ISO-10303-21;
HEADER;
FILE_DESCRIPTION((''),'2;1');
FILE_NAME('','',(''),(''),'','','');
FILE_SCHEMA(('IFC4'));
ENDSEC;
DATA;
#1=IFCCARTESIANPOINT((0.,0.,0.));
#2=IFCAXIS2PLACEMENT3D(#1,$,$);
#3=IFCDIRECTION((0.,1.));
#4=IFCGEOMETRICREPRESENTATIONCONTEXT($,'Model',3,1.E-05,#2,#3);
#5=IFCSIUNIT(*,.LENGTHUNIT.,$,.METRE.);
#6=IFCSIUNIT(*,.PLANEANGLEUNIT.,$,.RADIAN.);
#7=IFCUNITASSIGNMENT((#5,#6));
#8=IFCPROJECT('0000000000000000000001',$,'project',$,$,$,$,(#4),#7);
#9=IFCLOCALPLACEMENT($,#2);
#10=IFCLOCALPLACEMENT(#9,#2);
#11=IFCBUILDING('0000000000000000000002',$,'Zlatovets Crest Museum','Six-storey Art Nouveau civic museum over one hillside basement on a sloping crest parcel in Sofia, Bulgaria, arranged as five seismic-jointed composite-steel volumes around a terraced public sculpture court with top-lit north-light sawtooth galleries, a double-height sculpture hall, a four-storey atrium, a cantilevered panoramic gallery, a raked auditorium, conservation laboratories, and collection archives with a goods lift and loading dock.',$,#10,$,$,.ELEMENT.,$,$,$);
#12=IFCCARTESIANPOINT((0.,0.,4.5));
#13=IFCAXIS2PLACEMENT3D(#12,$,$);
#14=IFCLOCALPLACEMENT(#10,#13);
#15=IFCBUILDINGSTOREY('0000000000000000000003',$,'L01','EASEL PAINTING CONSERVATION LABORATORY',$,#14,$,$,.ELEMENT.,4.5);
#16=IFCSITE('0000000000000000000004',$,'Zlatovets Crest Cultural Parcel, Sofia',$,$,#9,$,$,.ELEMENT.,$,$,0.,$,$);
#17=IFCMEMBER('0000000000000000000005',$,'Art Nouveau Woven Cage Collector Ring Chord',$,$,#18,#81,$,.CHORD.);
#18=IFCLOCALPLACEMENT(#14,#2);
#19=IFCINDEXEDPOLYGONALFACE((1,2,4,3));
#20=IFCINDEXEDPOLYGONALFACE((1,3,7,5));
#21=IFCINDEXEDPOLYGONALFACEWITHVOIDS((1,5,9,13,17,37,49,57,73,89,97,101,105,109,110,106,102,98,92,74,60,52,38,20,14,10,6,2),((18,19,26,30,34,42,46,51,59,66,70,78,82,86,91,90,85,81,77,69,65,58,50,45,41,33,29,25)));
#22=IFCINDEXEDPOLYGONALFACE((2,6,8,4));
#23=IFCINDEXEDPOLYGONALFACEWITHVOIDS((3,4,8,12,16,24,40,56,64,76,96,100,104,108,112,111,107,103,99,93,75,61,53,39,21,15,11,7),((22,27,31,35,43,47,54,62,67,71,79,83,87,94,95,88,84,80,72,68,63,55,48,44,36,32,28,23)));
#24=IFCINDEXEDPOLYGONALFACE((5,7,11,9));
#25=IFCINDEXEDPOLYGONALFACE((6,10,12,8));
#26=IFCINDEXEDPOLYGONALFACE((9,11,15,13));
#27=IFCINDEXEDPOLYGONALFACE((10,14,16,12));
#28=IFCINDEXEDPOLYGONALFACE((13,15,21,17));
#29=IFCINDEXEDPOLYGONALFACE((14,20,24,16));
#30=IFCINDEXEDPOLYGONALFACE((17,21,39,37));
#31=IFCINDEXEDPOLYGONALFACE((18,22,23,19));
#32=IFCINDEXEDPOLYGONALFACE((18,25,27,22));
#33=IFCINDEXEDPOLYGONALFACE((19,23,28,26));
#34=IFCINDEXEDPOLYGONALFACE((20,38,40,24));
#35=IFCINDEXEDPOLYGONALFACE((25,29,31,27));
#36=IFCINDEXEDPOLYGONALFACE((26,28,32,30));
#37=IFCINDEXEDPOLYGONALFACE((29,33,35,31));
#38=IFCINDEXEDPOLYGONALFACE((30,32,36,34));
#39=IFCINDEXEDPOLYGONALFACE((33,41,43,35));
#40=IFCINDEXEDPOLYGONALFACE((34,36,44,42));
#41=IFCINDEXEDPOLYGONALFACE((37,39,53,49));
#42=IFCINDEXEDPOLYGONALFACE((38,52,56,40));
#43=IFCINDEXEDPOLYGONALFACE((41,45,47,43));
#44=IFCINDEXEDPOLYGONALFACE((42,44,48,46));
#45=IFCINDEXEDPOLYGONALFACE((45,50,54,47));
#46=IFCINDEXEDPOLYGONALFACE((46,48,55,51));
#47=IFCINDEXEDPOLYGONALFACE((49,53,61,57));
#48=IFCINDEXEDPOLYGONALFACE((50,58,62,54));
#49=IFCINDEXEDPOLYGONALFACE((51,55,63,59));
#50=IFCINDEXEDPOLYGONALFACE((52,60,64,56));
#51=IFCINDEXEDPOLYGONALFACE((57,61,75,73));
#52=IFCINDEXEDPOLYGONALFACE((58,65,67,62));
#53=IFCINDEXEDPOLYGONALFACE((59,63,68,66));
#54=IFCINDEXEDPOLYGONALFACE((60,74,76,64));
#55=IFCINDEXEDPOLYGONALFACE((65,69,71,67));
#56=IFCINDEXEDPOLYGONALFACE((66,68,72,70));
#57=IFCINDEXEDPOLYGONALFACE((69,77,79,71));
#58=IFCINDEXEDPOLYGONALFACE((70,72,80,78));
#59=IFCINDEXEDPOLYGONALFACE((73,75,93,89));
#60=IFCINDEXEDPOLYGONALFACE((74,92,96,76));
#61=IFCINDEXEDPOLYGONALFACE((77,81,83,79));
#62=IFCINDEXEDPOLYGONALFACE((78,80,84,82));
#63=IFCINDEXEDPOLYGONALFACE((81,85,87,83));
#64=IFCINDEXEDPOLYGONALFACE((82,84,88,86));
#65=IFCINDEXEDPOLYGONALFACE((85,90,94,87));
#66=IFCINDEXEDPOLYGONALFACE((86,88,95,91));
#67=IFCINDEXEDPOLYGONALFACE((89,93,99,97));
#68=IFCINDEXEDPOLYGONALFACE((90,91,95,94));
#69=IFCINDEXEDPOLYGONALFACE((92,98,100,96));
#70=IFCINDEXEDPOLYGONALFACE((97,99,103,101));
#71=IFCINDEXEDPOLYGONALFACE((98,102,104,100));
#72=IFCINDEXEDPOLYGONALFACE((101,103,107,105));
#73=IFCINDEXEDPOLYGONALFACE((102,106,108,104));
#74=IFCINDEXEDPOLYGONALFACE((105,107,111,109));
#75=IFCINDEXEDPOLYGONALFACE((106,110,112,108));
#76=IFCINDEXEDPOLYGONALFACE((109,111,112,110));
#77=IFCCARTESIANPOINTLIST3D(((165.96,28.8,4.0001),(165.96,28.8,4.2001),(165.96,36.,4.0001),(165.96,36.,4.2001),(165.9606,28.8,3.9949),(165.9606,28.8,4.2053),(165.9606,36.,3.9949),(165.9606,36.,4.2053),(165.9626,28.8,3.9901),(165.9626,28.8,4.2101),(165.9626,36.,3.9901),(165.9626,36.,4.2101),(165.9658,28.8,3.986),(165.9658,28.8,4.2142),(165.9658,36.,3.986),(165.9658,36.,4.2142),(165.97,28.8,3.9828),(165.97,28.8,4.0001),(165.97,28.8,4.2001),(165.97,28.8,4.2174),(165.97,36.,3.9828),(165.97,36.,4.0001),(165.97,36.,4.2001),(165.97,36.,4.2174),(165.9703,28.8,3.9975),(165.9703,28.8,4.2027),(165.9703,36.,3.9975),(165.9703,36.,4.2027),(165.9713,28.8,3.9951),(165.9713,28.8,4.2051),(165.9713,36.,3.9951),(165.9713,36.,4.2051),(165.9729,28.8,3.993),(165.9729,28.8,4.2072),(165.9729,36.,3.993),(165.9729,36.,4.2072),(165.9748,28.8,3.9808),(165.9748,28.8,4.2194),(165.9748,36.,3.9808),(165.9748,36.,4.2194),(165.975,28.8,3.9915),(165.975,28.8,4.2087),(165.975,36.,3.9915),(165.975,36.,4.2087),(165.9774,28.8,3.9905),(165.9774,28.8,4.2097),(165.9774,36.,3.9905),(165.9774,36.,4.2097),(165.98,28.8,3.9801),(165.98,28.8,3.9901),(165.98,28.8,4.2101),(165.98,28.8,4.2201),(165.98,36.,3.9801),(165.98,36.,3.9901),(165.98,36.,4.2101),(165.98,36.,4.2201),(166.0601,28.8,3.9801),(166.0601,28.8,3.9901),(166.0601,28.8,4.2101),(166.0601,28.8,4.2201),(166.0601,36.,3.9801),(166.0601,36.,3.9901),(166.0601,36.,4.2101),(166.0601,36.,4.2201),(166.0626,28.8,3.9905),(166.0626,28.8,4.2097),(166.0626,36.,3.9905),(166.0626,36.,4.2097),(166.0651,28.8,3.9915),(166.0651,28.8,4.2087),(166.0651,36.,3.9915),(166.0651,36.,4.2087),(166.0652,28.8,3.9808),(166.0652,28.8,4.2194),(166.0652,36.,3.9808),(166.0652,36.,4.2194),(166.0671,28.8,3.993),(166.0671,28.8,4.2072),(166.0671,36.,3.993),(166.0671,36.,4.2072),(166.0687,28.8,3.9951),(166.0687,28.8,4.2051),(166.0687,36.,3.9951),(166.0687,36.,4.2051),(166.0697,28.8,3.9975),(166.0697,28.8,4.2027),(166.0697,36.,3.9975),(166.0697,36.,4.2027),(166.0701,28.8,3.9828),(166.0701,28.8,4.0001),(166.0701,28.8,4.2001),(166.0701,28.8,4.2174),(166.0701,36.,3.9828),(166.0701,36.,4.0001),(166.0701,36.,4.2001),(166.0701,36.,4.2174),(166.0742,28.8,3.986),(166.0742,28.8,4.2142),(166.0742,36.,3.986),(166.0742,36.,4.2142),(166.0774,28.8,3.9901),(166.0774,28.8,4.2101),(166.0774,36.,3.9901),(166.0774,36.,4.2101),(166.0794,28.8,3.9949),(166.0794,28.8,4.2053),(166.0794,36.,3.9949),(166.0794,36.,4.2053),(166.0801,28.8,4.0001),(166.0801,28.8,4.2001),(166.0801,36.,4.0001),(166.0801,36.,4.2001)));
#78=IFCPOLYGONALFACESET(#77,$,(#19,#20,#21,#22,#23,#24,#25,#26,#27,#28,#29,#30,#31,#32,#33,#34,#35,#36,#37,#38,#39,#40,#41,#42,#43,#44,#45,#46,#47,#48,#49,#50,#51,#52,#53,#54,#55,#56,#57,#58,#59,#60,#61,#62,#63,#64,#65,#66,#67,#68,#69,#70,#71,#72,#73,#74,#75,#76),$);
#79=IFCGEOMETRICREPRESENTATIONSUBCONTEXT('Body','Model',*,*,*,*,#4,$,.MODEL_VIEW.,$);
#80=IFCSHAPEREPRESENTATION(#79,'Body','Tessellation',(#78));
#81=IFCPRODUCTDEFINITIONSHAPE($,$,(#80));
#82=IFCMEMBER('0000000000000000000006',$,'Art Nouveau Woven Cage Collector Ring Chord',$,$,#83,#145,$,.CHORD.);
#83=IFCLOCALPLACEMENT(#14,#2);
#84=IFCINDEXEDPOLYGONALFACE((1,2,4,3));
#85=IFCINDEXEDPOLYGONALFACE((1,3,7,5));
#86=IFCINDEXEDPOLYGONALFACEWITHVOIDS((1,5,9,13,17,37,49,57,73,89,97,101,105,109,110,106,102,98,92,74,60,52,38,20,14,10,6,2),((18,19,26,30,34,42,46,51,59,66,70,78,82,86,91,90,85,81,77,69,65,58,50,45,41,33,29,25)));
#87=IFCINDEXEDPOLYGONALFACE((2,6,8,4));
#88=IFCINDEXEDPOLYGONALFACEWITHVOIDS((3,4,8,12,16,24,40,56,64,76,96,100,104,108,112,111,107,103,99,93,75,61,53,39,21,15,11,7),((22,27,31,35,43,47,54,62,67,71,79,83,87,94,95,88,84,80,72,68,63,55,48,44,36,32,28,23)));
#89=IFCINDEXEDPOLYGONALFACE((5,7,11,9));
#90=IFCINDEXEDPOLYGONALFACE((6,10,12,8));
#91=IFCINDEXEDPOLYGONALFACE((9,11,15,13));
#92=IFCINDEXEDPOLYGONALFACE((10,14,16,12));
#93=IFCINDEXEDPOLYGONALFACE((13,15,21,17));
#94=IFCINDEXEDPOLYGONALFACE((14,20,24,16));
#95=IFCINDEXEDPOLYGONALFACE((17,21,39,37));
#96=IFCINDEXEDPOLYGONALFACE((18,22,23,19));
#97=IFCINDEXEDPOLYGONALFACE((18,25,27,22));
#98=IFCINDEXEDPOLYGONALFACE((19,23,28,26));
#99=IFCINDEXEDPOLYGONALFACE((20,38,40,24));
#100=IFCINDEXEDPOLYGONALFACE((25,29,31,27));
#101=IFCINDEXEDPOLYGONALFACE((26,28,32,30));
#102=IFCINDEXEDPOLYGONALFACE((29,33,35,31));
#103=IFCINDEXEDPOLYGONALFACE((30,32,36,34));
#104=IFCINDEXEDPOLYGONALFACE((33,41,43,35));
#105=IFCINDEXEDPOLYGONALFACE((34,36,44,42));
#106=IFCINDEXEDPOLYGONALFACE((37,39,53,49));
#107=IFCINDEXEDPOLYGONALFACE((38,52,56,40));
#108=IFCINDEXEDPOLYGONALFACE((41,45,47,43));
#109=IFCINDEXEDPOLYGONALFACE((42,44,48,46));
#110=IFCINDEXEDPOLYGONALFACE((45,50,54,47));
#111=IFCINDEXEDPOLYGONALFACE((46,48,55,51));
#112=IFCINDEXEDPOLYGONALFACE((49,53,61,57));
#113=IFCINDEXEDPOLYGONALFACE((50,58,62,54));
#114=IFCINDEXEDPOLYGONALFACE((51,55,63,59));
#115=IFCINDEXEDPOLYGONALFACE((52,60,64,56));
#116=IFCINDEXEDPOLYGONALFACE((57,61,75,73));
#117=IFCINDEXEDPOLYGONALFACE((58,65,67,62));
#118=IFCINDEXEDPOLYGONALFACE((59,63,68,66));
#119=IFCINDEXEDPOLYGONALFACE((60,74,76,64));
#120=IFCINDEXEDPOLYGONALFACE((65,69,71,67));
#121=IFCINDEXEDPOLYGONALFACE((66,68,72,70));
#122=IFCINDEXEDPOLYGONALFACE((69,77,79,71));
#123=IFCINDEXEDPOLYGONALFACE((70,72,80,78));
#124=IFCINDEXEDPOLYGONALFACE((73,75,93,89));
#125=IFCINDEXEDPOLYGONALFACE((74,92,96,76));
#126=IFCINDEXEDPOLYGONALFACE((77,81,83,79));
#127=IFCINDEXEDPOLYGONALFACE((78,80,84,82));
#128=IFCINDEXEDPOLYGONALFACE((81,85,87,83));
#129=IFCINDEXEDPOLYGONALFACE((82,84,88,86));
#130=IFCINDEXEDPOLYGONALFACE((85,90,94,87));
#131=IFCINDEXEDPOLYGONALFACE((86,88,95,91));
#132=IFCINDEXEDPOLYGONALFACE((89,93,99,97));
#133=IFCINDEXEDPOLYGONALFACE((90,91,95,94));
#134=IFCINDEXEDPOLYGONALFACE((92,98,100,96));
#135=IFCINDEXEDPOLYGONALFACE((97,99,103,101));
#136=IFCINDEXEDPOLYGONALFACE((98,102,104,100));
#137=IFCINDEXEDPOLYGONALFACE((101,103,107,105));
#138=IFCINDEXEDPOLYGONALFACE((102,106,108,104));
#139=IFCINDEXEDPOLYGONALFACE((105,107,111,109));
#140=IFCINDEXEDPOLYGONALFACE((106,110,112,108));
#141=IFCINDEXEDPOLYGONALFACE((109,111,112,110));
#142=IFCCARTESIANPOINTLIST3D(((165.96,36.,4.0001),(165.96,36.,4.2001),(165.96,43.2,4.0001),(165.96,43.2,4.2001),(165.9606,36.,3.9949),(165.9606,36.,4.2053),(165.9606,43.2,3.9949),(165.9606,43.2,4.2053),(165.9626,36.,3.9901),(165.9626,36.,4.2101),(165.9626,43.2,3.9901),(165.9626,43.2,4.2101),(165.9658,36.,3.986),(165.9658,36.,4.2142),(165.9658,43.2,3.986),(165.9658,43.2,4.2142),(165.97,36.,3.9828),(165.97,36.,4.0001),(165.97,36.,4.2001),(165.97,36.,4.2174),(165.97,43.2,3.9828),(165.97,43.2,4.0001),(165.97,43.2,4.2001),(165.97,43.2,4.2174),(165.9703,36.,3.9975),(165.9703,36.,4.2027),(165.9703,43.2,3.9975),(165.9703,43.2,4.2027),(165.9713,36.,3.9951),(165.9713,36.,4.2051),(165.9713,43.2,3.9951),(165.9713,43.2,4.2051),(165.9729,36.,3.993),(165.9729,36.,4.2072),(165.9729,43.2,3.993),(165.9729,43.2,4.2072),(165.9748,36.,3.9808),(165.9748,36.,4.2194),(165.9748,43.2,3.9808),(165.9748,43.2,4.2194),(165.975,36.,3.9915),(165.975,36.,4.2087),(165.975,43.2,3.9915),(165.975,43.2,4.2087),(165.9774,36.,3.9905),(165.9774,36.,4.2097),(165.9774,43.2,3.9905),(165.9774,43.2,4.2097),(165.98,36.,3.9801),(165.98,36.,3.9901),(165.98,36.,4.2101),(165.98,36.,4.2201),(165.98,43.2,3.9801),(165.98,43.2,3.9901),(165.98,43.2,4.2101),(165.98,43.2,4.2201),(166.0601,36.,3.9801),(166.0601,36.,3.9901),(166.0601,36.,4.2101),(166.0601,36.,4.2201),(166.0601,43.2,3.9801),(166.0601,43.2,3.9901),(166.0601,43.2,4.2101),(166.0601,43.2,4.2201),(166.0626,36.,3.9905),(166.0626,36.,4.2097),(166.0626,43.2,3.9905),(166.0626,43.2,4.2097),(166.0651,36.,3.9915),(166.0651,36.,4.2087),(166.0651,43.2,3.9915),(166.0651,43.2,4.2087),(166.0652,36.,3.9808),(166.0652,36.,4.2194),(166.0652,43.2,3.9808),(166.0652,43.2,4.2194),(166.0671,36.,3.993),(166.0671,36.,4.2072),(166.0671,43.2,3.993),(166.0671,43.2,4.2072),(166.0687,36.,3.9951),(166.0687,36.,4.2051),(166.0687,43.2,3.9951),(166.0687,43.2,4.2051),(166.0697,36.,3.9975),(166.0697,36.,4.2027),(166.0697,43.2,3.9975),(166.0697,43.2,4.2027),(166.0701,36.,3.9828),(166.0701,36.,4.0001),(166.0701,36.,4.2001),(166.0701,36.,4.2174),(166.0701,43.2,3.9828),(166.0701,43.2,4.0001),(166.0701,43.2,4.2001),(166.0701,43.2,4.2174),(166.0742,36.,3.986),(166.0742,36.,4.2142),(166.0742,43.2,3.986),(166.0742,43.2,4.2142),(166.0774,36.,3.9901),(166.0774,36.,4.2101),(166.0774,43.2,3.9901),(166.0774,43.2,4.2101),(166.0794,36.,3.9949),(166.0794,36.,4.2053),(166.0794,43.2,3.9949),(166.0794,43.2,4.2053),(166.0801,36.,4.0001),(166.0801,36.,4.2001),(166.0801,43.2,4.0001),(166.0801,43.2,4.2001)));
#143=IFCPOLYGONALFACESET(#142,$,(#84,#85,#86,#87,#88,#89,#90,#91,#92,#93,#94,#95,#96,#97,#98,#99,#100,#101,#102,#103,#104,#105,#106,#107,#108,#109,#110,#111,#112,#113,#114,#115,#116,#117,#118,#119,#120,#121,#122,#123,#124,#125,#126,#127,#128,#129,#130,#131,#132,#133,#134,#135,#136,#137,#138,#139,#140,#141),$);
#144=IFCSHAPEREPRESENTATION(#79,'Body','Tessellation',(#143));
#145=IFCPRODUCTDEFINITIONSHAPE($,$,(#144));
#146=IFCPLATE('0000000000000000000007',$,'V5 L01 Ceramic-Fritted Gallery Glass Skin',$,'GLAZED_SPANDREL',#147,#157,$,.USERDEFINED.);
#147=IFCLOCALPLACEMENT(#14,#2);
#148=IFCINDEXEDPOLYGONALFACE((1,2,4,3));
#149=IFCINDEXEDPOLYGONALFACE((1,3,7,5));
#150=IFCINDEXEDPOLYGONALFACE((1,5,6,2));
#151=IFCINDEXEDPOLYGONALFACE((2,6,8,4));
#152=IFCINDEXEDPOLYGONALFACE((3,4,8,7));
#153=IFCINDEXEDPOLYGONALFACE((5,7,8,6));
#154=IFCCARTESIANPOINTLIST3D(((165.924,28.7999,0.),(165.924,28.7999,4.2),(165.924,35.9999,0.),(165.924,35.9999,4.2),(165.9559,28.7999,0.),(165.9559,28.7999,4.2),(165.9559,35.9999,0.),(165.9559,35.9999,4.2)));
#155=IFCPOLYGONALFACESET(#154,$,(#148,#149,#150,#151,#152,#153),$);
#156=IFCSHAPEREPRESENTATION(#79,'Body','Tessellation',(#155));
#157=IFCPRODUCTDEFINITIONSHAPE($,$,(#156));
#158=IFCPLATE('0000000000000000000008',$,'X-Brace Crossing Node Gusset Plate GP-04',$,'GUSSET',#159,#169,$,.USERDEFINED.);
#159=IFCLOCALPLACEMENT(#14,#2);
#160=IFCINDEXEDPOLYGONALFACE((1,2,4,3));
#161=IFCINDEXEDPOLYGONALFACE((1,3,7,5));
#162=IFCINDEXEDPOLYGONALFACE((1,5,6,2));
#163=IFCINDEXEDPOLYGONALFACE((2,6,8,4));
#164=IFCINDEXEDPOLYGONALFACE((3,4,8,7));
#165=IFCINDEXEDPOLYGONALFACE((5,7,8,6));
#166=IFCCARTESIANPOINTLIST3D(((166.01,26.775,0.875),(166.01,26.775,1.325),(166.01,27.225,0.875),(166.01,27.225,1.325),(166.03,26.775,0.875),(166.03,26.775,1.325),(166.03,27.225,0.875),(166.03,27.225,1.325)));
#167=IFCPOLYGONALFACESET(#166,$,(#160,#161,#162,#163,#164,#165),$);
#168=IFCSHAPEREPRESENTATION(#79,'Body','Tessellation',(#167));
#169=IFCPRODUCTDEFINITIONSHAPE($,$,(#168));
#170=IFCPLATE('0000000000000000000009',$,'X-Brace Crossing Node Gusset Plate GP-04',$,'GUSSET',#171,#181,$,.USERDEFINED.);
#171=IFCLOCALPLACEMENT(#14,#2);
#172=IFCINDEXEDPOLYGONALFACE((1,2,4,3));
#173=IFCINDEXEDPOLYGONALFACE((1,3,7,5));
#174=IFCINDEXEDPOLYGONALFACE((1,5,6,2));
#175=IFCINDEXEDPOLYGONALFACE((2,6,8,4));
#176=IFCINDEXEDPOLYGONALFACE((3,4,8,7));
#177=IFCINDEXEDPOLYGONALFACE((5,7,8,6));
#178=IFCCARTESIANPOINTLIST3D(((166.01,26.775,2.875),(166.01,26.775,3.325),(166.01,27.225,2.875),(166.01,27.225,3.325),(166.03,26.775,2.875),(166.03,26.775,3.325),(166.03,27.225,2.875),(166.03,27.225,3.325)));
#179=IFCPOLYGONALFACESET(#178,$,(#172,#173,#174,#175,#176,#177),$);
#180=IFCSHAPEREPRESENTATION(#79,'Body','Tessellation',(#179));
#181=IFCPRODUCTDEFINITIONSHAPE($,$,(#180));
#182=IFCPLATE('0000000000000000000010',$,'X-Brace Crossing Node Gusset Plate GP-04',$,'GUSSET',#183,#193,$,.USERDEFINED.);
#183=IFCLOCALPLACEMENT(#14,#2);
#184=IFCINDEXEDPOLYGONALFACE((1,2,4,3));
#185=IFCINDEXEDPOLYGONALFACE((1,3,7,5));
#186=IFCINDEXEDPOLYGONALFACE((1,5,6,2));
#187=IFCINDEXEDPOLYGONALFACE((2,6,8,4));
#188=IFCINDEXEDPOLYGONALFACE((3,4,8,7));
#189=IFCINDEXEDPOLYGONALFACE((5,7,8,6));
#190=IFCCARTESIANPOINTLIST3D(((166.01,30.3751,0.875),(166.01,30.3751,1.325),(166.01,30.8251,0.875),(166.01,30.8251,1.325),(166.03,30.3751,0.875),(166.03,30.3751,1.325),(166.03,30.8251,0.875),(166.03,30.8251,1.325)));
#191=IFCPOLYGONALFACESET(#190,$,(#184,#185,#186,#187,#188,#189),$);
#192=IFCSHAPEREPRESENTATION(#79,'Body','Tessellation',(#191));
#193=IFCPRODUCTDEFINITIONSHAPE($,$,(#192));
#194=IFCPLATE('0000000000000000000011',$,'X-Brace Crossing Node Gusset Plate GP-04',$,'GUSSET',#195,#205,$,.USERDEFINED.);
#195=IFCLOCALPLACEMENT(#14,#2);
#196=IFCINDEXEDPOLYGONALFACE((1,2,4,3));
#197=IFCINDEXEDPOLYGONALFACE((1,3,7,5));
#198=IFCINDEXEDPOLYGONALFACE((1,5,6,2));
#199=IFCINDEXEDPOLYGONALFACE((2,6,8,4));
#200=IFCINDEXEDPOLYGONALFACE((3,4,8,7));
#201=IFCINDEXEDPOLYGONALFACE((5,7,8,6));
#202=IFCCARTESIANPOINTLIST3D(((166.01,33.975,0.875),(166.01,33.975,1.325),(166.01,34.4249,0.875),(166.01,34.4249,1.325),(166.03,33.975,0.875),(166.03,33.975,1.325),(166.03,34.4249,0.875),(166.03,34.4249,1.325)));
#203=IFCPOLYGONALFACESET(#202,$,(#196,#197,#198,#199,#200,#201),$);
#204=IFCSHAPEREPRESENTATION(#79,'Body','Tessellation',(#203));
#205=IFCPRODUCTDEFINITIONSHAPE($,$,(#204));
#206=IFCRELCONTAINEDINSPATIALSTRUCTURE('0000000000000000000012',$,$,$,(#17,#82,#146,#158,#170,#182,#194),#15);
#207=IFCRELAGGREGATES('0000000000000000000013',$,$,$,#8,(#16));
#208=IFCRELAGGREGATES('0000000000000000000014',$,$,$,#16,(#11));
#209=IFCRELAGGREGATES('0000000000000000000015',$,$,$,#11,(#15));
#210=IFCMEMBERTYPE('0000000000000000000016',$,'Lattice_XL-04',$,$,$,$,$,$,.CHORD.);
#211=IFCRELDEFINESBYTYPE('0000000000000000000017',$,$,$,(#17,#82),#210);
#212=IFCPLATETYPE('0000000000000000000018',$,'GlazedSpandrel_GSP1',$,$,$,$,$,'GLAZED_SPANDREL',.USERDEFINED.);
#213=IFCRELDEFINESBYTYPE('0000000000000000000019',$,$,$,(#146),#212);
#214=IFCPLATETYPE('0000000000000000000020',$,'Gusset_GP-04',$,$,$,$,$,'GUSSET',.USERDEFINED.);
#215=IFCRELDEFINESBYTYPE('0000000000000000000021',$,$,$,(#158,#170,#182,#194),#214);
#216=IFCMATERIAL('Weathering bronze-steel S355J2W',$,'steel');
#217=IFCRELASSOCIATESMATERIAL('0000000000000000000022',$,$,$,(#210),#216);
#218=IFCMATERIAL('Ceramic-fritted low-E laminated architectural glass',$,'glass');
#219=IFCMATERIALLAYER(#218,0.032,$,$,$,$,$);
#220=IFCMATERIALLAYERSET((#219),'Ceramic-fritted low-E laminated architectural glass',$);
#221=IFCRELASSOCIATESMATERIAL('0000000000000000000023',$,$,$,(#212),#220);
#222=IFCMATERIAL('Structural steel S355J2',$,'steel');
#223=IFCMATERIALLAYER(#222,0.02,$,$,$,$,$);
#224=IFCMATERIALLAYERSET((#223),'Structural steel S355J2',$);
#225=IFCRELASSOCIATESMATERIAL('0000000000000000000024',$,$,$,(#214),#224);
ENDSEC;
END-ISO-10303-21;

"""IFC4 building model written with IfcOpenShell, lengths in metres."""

from ifc_helpers import new_model, si_unit, direction, frame, origin, origin_2d, place, context, subcontext, project, spatial, rectangle, hollow_rectangle, extrude, material, layer, layer_set, material_profile, profile_set, type_object, element, save


model = new_model("IFC4")

# Units and contexts
model_context = context("Model", 3, precision=1e-05, world=origin(), true_north=direction((0.0, 1.0)))
body_context = subcontext(model_context, "Body", "Model", "MODEL_VIEW")
ifc_project = project(units=[si_unit("LENGTHUNIT", "METRE"), si_unit("PLANEANGLEUNIT", "RADIAN")], contexts=[model_context])

# Site, building, storey
site_placement = place(None, origin())
site = spatial("IfcSite", under=ifc_project, at=site_placement, Name="Zlatovets Crest Cultural Parcel, Sofia", CompositionType="ELEMENT", RefElevation=0.0)
building_placement = place(site_placement, origin())
building = spatial("IfcBuilding", under=site, at=building_placement, Name="Zlatovets Crest Museum", Description="Six-storey Art Nouveau civic museum over one hillside basement on a sloping crest parcel in Sofia, Bulgaria, arranged as five seismic-jointed composite-steel volumes around a terraced public sculpture court with top-lit north-light sawtooth galleries, a double-height sculpture hall, a four-storey atrium, a cantilevered panoramic gallery, a raked auditorium, conservation laboratories, and collection archives with a goods lift and loading dock.", CompositionType="ELEMENT")
storey_placement = place(building_placement, frame((0.0, 0.0, 4.5)))
storey = spatial("IfcBuildingStorey", under=building, at=storey_placement, Name="L01", Description="EASEL PAINTING CONSERVATION LABORATORY", CompositionType="ELEMENT", Elevation=4.5)

# Members
ifc_material_1 = material(Name="Weathering bronze-steel S355J2W", Category="steel")
ifc_material_profile_1 = material_profile(ifc_material_1, hollow_rectangle(XDim=0.1201, YDim=0.24, WallThickness=0.01, InnerFilletRadius=0.01, OuterFilletRadius=0.02, at=origin_2d()), Name="RHS 120x240x10.0")
ifc_profile_set_1 = profile_set([ifc_material_profile_1], Name="Weathering bronze-steel S355J2W")
member_type_1 = type_object("IfcMemberType", Name="Lattice_XL-04", PredefinedType="CHORD", material=ifc_profile_set_1)
for number, where, z_axis, x_axis, name in (
    (1, (166.02, 28.8, 4.1001), (0.0, 1.0, 0.0), (-1.0, 0.0, 0.0), "Art Nouveau Woven Cage Collector Ring Chord"),
    (2, (166.02, 36.0, 4.1001), (0.0, 1.0, 0.0), (-1.0, 0.0, 0.0), "Art Nouveau Woven Cage Collector Ring Chord"),
):
    element("IfcMember", number, at=place(storey_placement, frame(where, z_axis=z_axis, x_axis=x_axis)), inside=storey, type_object=member_type_1, Name=name, PredefinedType="CHORD", context=body_context, shape_type="SweptSolid", body=[
        extrude(hollow_rectangle(XDim=0.1201, YDim=0.24, WallThickness=0.01, InnerFilletRadius=0.01, OuterFilletRadius=0.02, at=origin_2d()), origin(), (0.0, 0.0, 1.0), 7.2),
    ])

# Plates
ifc_material_2 = material(Name="Ceramic-fritted low-E laminated architectural glass", Category="glass")
ifc_layer_1 = layer(ifc_material_2, 0.032)
ifc_layer_set_1 = layer_set([ifc_layer_1], Name="Ceramic-fritted low-E laminated architectural glass")
plate_type_1 = type_object("IfcPlateType", Name="GlazedSpandrel_GSP1", ElementType="GLAZED_SPANDREL", PredefinedType="USERDEFINED", material=ifc_layer_set_1)
plate_placement = place(storey_placement, frame((165.9399, 32.3999, 0.0), z_axis=(0.0, 0.0, 1.0), x_axis=(0.0, 1.0, 0.0)))
element("IfcPlate", 3, at=plate_placement, inside=storey, type_object=plate_type_1, Name="V5 L01 Ceramic-Fritted Gallery Glass Skin", ObjectType="GLAZED_SPANDREL", PredefinedType="USERDEFINED", context=body_context, shape_type="SweptSolid", body=[
    extrude(rectangle(XDim=7.2, YDim=0.032, at=origin_2d()), origin(), (0.0, 0.0, 1.0), 4.2),
])
ifc_material_3 = material(Name="Structural steel S355J2", Category="steel")
ifc_layer_2 = layer(ifc_material_3, 0.02)
ifc_layer_set_2 = layer_set([ifc_layer_2], Name="Structural steel S355J2")
plate_type_2 = type_object("IfcPlateType", Name="Gusset_GP-04", ElementType="GUSSET", PredefinedType="USERDEFINED", material=ifc_layer_set_2)
for number, where, z_axis, x_axis, name in (
    (4, (166.02, 27.0, 0.875), (0.0, 0.0, 1.0), (1.0, 0.0, 0.0), "X-Brace Crossing Node Gusset Plate GP-04"),
    (5, (166.02, 27.0, 2.875), (0.0, 0.0, 1.0), (1.0, 0.0, 0.0), "X-Brace Crossing Node Gusset Plate GP-04"),
    (6, (166.02, 30.6001, 0.875), (0.0, 0.0, 1.0), (1.0, 0.0, 0.0), "X-Brace Crossing Node Gusset Plate GP-04"),
    (7, (166.02, 34.2, 0.875), (0.0, 0.0, 1.0), (1.0, 0.0, 0.0), "X-Brace Crossing Node Gusset Plate GP-04"),
):
    element("IfcPlate", number, at=place(storey_placement, frame(where, z_axis=z_axis, x_axis=x_axis)), inside=storey, type_object=plate_type_2, Name=name, ObjectType="GUSSET", PredefinedType="USERDEFINED", context=body_context, shape_type="SweptSolid", body=[
        extrude(rectangle(XDim=0.02, YDim=0.45, at=origin_2d()), origin(), (0.0, 0.0, 1.0), 0.45),
    ])

save(model, "model.ifc")
